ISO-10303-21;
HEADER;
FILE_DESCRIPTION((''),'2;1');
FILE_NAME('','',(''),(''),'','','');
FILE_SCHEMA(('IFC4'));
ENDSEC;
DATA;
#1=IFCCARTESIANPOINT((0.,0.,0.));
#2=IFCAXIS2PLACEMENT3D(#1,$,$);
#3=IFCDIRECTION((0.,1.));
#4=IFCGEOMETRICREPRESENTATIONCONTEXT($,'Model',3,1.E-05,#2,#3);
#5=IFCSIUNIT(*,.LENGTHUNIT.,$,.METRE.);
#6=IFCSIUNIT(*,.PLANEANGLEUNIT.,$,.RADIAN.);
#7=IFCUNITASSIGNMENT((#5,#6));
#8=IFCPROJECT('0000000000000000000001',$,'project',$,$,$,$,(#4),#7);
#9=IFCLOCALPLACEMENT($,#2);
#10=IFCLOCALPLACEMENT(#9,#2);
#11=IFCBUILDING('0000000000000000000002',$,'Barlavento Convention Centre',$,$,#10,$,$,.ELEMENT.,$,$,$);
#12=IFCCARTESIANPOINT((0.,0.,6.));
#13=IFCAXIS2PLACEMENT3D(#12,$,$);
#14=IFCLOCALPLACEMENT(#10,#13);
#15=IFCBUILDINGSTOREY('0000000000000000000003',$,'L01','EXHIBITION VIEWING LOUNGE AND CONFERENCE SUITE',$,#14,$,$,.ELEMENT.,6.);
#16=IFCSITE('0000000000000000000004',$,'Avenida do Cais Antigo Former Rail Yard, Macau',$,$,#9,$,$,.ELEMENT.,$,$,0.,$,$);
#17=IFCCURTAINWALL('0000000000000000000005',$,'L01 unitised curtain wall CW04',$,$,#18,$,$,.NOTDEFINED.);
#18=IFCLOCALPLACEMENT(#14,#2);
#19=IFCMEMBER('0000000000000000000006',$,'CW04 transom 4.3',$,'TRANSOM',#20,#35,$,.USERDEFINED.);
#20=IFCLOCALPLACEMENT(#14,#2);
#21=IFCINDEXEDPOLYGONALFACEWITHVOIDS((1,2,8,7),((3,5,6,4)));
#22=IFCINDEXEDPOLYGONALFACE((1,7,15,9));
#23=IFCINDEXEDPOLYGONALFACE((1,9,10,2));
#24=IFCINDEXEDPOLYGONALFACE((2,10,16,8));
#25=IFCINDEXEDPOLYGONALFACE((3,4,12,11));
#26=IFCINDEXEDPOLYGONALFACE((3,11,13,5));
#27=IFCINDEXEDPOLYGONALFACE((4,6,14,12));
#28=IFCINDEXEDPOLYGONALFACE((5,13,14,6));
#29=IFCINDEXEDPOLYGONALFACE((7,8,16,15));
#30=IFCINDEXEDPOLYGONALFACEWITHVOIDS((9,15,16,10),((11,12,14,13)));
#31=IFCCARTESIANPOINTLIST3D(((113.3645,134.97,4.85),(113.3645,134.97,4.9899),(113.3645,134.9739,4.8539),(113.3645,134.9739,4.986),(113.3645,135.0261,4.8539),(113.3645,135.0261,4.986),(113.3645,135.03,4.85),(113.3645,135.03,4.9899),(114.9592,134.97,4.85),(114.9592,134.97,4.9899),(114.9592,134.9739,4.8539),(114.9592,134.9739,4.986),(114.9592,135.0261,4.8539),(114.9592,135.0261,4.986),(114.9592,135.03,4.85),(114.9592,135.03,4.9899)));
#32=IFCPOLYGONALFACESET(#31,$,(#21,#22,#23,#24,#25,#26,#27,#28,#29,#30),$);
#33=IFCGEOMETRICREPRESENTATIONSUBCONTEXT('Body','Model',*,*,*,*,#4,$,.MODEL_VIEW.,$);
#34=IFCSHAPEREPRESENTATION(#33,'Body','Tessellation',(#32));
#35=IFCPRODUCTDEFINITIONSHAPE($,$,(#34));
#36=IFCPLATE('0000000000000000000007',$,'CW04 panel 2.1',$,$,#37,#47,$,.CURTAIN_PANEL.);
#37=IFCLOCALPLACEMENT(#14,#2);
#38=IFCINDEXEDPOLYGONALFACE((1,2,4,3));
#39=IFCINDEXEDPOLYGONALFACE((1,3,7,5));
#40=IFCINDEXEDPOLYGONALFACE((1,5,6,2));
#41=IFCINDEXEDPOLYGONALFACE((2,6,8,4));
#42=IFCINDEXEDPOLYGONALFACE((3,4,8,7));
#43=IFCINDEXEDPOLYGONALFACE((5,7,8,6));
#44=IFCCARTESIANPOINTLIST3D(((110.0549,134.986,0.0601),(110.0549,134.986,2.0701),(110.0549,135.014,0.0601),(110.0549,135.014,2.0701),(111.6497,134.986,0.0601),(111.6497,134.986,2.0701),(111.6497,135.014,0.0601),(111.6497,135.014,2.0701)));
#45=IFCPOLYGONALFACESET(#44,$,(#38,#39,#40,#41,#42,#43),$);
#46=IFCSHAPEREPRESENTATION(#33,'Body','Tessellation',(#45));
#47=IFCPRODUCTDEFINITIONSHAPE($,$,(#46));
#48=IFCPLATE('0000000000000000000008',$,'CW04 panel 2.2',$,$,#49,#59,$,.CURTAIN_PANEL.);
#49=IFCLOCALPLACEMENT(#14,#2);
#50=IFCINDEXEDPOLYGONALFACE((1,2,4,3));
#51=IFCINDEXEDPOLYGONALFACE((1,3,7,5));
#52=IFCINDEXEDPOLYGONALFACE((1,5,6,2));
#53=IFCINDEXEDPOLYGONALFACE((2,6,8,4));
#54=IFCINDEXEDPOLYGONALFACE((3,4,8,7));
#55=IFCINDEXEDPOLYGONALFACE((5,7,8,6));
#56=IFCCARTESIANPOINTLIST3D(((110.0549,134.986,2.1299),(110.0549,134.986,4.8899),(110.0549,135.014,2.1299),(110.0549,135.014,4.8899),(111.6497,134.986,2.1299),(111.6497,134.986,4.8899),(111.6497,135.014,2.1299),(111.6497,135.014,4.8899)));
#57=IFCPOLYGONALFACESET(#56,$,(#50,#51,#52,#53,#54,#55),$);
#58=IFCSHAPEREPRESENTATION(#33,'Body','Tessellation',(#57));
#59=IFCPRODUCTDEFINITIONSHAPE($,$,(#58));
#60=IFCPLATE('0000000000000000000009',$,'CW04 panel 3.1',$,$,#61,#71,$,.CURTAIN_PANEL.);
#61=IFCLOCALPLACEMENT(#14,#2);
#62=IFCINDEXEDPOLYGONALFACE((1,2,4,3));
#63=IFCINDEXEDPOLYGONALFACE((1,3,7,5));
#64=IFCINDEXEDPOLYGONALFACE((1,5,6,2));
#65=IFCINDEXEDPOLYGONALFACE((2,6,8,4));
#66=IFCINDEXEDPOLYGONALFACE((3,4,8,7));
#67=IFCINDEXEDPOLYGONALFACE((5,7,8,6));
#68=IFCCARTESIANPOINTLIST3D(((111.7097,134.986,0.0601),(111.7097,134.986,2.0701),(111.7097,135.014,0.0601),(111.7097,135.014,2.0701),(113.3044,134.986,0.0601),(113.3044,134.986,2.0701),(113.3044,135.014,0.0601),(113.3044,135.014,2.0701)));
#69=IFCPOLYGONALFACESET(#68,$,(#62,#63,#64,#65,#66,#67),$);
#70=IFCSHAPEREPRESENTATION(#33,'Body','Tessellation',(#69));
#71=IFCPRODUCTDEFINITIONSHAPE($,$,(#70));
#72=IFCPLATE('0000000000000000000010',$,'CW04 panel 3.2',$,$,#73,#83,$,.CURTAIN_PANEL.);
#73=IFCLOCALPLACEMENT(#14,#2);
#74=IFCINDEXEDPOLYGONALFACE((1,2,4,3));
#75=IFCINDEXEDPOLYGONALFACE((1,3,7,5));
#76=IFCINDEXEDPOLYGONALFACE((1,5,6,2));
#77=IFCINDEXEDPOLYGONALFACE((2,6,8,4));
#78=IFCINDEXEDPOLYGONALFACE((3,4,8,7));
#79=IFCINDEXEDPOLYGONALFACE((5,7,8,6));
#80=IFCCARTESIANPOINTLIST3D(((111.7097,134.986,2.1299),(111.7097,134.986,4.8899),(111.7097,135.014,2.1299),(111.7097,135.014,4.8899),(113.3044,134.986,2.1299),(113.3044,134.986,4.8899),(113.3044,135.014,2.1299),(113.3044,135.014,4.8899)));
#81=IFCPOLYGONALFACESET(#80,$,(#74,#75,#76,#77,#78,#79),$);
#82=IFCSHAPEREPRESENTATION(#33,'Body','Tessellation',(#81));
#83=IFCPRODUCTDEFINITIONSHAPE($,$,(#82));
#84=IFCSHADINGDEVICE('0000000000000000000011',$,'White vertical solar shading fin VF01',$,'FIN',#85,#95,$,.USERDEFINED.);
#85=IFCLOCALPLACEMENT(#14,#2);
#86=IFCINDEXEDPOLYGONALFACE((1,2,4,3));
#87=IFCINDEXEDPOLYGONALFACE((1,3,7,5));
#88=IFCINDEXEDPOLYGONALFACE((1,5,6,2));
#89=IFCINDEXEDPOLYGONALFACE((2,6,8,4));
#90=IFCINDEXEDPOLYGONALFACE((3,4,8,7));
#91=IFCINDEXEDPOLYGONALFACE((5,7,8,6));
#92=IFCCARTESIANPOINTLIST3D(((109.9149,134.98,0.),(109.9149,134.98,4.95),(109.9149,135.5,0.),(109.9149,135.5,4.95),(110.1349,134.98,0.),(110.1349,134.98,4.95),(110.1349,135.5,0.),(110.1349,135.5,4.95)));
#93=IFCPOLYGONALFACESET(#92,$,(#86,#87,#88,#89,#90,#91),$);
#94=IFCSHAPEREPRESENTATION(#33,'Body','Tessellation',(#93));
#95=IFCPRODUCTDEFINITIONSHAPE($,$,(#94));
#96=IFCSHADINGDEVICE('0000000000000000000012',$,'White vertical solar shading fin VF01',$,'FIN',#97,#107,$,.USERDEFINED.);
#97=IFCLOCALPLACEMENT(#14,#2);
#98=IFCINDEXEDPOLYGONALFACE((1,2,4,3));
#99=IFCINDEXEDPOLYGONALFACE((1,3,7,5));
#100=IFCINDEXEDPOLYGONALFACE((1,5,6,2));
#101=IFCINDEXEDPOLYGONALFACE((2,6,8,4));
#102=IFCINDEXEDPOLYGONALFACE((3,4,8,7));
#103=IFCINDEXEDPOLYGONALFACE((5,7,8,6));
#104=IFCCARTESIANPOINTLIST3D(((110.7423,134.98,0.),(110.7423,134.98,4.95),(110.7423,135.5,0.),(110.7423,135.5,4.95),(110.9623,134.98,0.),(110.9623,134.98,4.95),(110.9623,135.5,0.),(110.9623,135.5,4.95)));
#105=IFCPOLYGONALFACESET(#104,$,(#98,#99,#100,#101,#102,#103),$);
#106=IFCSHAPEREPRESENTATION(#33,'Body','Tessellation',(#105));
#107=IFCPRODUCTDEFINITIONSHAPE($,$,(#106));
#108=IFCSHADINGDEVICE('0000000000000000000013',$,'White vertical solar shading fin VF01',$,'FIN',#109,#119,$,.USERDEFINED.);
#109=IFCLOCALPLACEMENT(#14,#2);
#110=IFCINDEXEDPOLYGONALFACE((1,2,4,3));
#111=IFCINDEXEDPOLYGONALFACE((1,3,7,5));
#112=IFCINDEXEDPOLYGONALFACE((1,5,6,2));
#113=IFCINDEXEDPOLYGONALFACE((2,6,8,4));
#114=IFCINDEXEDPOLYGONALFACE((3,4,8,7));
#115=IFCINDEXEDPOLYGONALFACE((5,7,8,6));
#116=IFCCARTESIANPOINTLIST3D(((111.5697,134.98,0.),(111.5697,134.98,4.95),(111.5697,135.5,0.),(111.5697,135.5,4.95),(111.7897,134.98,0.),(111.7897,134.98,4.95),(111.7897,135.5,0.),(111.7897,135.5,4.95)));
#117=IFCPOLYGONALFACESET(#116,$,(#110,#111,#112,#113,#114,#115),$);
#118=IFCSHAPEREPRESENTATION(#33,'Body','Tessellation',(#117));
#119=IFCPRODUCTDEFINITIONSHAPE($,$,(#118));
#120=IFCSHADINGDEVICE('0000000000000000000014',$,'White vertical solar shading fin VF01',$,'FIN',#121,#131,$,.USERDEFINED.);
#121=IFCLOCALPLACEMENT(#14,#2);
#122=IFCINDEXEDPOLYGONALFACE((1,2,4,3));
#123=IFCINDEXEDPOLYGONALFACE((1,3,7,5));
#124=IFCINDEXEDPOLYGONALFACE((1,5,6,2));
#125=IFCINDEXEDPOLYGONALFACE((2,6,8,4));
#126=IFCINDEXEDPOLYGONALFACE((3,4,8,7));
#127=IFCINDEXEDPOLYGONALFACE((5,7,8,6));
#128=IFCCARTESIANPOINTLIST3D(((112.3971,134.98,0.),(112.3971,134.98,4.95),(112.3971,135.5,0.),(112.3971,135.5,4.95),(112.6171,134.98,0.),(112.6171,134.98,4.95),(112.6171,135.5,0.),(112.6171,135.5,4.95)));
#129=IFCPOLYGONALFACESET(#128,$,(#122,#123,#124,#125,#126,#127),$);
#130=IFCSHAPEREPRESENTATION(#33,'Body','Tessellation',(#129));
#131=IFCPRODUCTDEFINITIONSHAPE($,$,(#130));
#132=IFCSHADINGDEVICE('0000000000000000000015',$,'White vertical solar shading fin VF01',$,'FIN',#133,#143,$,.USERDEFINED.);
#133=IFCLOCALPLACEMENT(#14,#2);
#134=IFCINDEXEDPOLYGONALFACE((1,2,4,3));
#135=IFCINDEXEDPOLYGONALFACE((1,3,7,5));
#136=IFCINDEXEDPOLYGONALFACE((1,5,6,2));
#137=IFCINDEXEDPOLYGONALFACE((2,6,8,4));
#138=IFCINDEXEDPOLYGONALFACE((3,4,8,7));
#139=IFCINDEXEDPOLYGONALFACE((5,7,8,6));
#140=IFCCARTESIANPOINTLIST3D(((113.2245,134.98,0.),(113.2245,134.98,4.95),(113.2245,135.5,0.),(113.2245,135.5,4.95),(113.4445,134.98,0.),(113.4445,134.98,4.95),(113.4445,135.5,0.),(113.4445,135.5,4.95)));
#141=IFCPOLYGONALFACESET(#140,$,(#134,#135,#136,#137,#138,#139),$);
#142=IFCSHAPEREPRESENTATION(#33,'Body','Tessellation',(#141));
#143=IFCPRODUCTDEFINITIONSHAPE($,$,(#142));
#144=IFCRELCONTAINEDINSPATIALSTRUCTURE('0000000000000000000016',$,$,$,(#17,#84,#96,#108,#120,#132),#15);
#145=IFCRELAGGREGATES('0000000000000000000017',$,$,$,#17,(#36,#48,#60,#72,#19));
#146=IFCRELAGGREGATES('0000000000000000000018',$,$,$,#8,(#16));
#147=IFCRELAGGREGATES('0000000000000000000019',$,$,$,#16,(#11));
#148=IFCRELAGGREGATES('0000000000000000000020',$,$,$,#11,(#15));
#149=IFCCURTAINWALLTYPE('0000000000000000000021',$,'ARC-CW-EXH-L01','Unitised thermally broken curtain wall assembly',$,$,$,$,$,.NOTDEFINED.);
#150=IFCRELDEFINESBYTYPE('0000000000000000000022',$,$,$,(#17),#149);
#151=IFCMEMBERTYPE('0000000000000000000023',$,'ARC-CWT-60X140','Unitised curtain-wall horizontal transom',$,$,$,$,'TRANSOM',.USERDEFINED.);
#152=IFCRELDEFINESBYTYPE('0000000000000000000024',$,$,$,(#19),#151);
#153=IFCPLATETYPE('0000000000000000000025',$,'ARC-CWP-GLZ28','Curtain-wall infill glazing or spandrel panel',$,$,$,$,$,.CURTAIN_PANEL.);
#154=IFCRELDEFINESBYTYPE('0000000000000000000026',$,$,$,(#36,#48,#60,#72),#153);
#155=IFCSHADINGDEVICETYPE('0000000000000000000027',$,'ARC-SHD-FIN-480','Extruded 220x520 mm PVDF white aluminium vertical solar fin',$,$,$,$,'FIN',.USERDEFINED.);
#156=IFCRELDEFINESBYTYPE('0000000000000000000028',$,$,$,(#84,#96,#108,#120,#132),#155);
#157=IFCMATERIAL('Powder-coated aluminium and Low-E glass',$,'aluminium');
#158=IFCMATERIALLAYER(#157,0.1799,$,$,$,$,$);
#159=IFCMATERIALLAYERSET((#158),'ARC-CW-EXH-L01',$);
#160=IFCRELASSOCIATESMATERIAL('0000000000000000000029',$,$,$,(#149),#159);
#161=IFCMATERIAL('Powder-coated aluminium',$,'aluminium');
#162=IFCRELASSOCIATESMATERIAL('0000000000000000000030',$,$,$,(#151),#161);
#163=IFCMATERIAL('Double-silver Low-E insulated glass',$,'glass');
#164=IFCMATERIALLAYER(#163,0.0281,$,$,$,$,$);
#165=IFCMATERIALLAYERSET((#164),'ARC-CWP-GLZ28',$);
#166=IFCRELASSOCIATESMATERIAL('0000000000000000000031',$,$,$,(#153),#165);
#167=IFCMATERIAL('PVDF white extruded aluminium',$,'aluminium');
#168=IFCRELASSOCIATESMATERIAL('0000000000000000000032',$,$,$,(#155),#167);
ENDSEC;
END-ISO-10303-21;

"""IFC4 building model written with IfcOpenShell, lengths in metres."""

from ifc_helpers import new_model, si_unit, direction, frame, origin, origin_2d, place, context, subcontext, project, spatial, rectangle, hollow_rectangle, extrude, material, layer, layer_set, material_profile, profile_set, type_object, element, aggregate, save


model = new_model("IFC4")

# Units and contexts
model_context = context("Model", 3, precision=1e-05, world=origin(), true_north=direction((0.0, 1.0)))
body_context = subcontext(model_context, "Body", "Model", "MODEL_VIEW")
ifc_project = project(units=[si_unit("LENGTHUNIT", "METRE"), si_unit("PLANEANGLEUNIT", "RADIAN")], contexts=[model_context])

# Site, building, storey
site_placement = place(None, origin())
site = spatial("IfcSite", under=ifc_project, at=site_placement, Name="Avenida do Cais Antigo Former Rail Yard, Macau", CompositionType="ELEMENT", RefElevation=0.0)
building_placement = place(site_placement, origin())
building = spatial("IfcBuilding", under=site, at=building_placement, Name="Barlavento Convention Centre", CompositionType="ELEMENT")
storey_placement = place(building_placement, frame((0.0, 0.0, 6.0)))
storey = spatial("IfcBuildingStorey", under=building, at=storey_placement, Name="L01", Description="EXHIBITION VIEWING LOUNGE AND CONFERENCE SUITE", CompositionType="ELEMENT", Elevation=6.0)

# Curtain wall, member, plates
ifc_material_1 = material(Name="Powder-coated aluminium and Low-E glass", Category="aluminium")
ifc_layer_1 = layer(ifc_material_1, 0.1799)
ifc_layer_set_1 = layer_set([ifc_layer_1], Name="ARC-CW-EXH-L01")
curtain_wall_type = type_object("IfcCurtainWallType", Name="ARC-CW-EXH-L01", Description="Unitised thermally broken curtain wall assembly", PredefinedType="NOTDEFINED", material=ifc_layer_set_1)
curtain_wall_placement = place(storey_placement, origin())
curtain_wall = element("IfcCurtainWall", 1, at=curtain_wall_placement, inside=storey, type_object=curtain_wall_type, Name="L01 unitised curtain wall CW04", PredefinedType="NOTDEFINED")
ifc_material_2 = material(Name="Powder-coated aluminium", Category="aluminium")
ifc_material_profile_1 = material_profile(ifc_material_2, hollow_rectangle(XDim=0.0601, YDim=0.1399, WallThickness=0.0039, at=origin_2d()), Name="AL-TRAN 60x140x4")
ifc_profile_set_1 = profile_set([ifc_material_profile_1], Name="Powder-coated aluminium")
member_type_1 = type_object("IfcMemberType", Name="ARC-CWT-60X140", Description="Unitised curtain-wall horizontal transom", ElementType="TRANSOM", PredefinedType="USERDEFINED", material=ifc_profile_set_1)
member_1_placement = place(storey_placement, frame((113.3645, 135.0, 4.9199), z_axis=(1.0, 0.0, 0.0), x_axis=(0.0, 1.0, 0.0)))
member_1 = element("IfcMember", 2, at=member_1_placement, type_object=member_type_1, Name="CW04 transom 4.3", ObjectType="TRANSOM", PredefinedType="USERDEFINED", context=body_context, shape_type="SweptSolid", body=[
    extrude(hollow_rectangle(XDim=0.0601, YDim=0.1399, WallThickness=0.0039, at=origin_2d()), origin(), (0.0, 0.0, 1.0), 1.5947),
])
ifc_material_3 = material(Name="Double-silver Low-E insulated glass", Category="glass")
ifc_layer_2 = layer(ifc_material_3, 0.0281)
ifc_layer_set_2 = layer_set([ifc_layer_2], Name="ARC-CWP-GLZ28")
plate_type = type_object("IfcPlateType", Name="ARC-CWP-GLZ28", Description="Curtain-wall infill glazing or spandrel panel", PredefinedType="CURTAIN_PANEL", material=ifc_layer_set_2)
plate_1_placement = place(storey_placement, frame((110.8523, 135.0, 0.0601), z_axis=(0.0, 0.0, 1.0), x_axis=(1.0, 0.0, 0.0)))
plate_1 = element("IfcPlate", 3, at=plate_1_placement, type_object=plate_type, Name="CW04 panel 2.1", PredefinedType="CURTAIN_PANEL", context=body_context, shape_type="SweptSolid", body=[
    extrude(rectangle(XDim=1.5947, YDim=0.0281, at=origin_2d()), origin(), (0.0, 0.0, 1.0), 2.01),
])
plate_2_placement = place(storey_placement, frame((110.8523, 135.0, 2.1299), z_axis=(0.0, 0.0, 1.0), x_axis=(1.0, 0.0, 0.0)))
plate_2 = element("IfcPlate", 4, at=plate_2_placement, type_object=plate_type, Name="CW04 panel 2.2", PredefinedType="CURTAIN_PANEL", context=body_context, shape_type="SweptSolid", body=[
    extrude(rectangle(XDim=1.5947, YDim=0.0281, at=origin_2d()), origin(), (0.0, 0.0, 1.0), 2.76),
])
plate_3_placement = place(storey_placement, frame((112.5071, 135.0, 0.0601), z_axis=(0.0, 0.0, 1.0), x_axis=(1.0, 0.0, 0.0)))
plate_3 = element("IfcPlate", 5, at=plate_3_placement, type_object=plate_type, Name="CW04 panel 3.1", PredefinedType="CURTAIN_PANEL", context=body_context, shape_type="SweptSolid", body=[
    extrude(rectangle(XDim=1.5947, YDim=0.0281, at=origin_2d()), origin(), (0.0, 0.0, 1.0), 2.01),
])
plate_4_placement = place(storey_placement, frame((112.5071, 135.0, 2.1299), z_axis=(0.0, 0.0, 1.0), x_axis=(1.0, 0.0, 0.0)))
plate_4 = element("IfcPlate", 6, at=plate_4_placement, type_object=plate_type, Name="CW04 panel 3.2", PredefinedType="CURTAIN_PANEL", context=body_context, shape_type="SweptSolid", body=[
    extrude(rectangle(XDim=1.5947, YDim=0.0281, at=origin_2d()), origin(), (0.0, 0.0, 1.0), 2.76),
])
aggregate(curtain_wall, [plate_1, plate_2, plate_3, plate_4, member_1])

# Shading devices
ifc_material_4 = material(Name="PVDF white extruded aluminium", Category="aluminium")
shading_device_type = type_object("IfcShadingDeviceType", Name="ARC-SHD-FIN-480", Description="Extruded 220x520 mm PVDF white aluminium vertical solar fin", ElementType="FIN", PredefinedType="USERDEFINED", material=ifc_material_4)
for number, where, z_axis, x_axis, name in (
    (7, (110.0249, 135.24, 0.0), (0.0, 0.0, 1.0), (1.0, 0.0, 0.0), "White vertical solar shading fin VF01"),
    (8, (110.8523, 135.24, 0.0), (0.0, 0.0, 1.0), (1.0, 0.0, 0.0), "White vertical solar shading fin VF01"),
    (9, (111.6797, 135.24, 0.0), (0.0, 0.0, 1.0), (1.0, 0.0, 0.0), "White vertical solar shading fin VF01"),
    (10, (112.5071, 135.24, 0.0), (0.0, 0.0, 1.0), (1.0, 0.0, 0.0), "White vertical solar shading fin VF01"),
    (11, (113.3345, 135.24, 0.0), (0.0, 0.0, 1.0), (1.0, 0.0, 0.0), "White vertical solar shading fin VF01"),
):
    element("IfcShadingDevice", number, at=place(storey_placement, frame(where, z_axis=z_axis, x_axis=x_axis)), inside=storey, type_object=shading_device_type, Name=name, ObjectType="FIN", PredefinedType="USERDEFINED", context=body_context, shape_type="SweptSolid", body=[
        extrude(rectangle(XDim=0.22, YDim=0.52, at=origin_2d()), origin(), (0.0, 0.0, 1.0), 4.95),
    ])

save(model, "model.ifc")
